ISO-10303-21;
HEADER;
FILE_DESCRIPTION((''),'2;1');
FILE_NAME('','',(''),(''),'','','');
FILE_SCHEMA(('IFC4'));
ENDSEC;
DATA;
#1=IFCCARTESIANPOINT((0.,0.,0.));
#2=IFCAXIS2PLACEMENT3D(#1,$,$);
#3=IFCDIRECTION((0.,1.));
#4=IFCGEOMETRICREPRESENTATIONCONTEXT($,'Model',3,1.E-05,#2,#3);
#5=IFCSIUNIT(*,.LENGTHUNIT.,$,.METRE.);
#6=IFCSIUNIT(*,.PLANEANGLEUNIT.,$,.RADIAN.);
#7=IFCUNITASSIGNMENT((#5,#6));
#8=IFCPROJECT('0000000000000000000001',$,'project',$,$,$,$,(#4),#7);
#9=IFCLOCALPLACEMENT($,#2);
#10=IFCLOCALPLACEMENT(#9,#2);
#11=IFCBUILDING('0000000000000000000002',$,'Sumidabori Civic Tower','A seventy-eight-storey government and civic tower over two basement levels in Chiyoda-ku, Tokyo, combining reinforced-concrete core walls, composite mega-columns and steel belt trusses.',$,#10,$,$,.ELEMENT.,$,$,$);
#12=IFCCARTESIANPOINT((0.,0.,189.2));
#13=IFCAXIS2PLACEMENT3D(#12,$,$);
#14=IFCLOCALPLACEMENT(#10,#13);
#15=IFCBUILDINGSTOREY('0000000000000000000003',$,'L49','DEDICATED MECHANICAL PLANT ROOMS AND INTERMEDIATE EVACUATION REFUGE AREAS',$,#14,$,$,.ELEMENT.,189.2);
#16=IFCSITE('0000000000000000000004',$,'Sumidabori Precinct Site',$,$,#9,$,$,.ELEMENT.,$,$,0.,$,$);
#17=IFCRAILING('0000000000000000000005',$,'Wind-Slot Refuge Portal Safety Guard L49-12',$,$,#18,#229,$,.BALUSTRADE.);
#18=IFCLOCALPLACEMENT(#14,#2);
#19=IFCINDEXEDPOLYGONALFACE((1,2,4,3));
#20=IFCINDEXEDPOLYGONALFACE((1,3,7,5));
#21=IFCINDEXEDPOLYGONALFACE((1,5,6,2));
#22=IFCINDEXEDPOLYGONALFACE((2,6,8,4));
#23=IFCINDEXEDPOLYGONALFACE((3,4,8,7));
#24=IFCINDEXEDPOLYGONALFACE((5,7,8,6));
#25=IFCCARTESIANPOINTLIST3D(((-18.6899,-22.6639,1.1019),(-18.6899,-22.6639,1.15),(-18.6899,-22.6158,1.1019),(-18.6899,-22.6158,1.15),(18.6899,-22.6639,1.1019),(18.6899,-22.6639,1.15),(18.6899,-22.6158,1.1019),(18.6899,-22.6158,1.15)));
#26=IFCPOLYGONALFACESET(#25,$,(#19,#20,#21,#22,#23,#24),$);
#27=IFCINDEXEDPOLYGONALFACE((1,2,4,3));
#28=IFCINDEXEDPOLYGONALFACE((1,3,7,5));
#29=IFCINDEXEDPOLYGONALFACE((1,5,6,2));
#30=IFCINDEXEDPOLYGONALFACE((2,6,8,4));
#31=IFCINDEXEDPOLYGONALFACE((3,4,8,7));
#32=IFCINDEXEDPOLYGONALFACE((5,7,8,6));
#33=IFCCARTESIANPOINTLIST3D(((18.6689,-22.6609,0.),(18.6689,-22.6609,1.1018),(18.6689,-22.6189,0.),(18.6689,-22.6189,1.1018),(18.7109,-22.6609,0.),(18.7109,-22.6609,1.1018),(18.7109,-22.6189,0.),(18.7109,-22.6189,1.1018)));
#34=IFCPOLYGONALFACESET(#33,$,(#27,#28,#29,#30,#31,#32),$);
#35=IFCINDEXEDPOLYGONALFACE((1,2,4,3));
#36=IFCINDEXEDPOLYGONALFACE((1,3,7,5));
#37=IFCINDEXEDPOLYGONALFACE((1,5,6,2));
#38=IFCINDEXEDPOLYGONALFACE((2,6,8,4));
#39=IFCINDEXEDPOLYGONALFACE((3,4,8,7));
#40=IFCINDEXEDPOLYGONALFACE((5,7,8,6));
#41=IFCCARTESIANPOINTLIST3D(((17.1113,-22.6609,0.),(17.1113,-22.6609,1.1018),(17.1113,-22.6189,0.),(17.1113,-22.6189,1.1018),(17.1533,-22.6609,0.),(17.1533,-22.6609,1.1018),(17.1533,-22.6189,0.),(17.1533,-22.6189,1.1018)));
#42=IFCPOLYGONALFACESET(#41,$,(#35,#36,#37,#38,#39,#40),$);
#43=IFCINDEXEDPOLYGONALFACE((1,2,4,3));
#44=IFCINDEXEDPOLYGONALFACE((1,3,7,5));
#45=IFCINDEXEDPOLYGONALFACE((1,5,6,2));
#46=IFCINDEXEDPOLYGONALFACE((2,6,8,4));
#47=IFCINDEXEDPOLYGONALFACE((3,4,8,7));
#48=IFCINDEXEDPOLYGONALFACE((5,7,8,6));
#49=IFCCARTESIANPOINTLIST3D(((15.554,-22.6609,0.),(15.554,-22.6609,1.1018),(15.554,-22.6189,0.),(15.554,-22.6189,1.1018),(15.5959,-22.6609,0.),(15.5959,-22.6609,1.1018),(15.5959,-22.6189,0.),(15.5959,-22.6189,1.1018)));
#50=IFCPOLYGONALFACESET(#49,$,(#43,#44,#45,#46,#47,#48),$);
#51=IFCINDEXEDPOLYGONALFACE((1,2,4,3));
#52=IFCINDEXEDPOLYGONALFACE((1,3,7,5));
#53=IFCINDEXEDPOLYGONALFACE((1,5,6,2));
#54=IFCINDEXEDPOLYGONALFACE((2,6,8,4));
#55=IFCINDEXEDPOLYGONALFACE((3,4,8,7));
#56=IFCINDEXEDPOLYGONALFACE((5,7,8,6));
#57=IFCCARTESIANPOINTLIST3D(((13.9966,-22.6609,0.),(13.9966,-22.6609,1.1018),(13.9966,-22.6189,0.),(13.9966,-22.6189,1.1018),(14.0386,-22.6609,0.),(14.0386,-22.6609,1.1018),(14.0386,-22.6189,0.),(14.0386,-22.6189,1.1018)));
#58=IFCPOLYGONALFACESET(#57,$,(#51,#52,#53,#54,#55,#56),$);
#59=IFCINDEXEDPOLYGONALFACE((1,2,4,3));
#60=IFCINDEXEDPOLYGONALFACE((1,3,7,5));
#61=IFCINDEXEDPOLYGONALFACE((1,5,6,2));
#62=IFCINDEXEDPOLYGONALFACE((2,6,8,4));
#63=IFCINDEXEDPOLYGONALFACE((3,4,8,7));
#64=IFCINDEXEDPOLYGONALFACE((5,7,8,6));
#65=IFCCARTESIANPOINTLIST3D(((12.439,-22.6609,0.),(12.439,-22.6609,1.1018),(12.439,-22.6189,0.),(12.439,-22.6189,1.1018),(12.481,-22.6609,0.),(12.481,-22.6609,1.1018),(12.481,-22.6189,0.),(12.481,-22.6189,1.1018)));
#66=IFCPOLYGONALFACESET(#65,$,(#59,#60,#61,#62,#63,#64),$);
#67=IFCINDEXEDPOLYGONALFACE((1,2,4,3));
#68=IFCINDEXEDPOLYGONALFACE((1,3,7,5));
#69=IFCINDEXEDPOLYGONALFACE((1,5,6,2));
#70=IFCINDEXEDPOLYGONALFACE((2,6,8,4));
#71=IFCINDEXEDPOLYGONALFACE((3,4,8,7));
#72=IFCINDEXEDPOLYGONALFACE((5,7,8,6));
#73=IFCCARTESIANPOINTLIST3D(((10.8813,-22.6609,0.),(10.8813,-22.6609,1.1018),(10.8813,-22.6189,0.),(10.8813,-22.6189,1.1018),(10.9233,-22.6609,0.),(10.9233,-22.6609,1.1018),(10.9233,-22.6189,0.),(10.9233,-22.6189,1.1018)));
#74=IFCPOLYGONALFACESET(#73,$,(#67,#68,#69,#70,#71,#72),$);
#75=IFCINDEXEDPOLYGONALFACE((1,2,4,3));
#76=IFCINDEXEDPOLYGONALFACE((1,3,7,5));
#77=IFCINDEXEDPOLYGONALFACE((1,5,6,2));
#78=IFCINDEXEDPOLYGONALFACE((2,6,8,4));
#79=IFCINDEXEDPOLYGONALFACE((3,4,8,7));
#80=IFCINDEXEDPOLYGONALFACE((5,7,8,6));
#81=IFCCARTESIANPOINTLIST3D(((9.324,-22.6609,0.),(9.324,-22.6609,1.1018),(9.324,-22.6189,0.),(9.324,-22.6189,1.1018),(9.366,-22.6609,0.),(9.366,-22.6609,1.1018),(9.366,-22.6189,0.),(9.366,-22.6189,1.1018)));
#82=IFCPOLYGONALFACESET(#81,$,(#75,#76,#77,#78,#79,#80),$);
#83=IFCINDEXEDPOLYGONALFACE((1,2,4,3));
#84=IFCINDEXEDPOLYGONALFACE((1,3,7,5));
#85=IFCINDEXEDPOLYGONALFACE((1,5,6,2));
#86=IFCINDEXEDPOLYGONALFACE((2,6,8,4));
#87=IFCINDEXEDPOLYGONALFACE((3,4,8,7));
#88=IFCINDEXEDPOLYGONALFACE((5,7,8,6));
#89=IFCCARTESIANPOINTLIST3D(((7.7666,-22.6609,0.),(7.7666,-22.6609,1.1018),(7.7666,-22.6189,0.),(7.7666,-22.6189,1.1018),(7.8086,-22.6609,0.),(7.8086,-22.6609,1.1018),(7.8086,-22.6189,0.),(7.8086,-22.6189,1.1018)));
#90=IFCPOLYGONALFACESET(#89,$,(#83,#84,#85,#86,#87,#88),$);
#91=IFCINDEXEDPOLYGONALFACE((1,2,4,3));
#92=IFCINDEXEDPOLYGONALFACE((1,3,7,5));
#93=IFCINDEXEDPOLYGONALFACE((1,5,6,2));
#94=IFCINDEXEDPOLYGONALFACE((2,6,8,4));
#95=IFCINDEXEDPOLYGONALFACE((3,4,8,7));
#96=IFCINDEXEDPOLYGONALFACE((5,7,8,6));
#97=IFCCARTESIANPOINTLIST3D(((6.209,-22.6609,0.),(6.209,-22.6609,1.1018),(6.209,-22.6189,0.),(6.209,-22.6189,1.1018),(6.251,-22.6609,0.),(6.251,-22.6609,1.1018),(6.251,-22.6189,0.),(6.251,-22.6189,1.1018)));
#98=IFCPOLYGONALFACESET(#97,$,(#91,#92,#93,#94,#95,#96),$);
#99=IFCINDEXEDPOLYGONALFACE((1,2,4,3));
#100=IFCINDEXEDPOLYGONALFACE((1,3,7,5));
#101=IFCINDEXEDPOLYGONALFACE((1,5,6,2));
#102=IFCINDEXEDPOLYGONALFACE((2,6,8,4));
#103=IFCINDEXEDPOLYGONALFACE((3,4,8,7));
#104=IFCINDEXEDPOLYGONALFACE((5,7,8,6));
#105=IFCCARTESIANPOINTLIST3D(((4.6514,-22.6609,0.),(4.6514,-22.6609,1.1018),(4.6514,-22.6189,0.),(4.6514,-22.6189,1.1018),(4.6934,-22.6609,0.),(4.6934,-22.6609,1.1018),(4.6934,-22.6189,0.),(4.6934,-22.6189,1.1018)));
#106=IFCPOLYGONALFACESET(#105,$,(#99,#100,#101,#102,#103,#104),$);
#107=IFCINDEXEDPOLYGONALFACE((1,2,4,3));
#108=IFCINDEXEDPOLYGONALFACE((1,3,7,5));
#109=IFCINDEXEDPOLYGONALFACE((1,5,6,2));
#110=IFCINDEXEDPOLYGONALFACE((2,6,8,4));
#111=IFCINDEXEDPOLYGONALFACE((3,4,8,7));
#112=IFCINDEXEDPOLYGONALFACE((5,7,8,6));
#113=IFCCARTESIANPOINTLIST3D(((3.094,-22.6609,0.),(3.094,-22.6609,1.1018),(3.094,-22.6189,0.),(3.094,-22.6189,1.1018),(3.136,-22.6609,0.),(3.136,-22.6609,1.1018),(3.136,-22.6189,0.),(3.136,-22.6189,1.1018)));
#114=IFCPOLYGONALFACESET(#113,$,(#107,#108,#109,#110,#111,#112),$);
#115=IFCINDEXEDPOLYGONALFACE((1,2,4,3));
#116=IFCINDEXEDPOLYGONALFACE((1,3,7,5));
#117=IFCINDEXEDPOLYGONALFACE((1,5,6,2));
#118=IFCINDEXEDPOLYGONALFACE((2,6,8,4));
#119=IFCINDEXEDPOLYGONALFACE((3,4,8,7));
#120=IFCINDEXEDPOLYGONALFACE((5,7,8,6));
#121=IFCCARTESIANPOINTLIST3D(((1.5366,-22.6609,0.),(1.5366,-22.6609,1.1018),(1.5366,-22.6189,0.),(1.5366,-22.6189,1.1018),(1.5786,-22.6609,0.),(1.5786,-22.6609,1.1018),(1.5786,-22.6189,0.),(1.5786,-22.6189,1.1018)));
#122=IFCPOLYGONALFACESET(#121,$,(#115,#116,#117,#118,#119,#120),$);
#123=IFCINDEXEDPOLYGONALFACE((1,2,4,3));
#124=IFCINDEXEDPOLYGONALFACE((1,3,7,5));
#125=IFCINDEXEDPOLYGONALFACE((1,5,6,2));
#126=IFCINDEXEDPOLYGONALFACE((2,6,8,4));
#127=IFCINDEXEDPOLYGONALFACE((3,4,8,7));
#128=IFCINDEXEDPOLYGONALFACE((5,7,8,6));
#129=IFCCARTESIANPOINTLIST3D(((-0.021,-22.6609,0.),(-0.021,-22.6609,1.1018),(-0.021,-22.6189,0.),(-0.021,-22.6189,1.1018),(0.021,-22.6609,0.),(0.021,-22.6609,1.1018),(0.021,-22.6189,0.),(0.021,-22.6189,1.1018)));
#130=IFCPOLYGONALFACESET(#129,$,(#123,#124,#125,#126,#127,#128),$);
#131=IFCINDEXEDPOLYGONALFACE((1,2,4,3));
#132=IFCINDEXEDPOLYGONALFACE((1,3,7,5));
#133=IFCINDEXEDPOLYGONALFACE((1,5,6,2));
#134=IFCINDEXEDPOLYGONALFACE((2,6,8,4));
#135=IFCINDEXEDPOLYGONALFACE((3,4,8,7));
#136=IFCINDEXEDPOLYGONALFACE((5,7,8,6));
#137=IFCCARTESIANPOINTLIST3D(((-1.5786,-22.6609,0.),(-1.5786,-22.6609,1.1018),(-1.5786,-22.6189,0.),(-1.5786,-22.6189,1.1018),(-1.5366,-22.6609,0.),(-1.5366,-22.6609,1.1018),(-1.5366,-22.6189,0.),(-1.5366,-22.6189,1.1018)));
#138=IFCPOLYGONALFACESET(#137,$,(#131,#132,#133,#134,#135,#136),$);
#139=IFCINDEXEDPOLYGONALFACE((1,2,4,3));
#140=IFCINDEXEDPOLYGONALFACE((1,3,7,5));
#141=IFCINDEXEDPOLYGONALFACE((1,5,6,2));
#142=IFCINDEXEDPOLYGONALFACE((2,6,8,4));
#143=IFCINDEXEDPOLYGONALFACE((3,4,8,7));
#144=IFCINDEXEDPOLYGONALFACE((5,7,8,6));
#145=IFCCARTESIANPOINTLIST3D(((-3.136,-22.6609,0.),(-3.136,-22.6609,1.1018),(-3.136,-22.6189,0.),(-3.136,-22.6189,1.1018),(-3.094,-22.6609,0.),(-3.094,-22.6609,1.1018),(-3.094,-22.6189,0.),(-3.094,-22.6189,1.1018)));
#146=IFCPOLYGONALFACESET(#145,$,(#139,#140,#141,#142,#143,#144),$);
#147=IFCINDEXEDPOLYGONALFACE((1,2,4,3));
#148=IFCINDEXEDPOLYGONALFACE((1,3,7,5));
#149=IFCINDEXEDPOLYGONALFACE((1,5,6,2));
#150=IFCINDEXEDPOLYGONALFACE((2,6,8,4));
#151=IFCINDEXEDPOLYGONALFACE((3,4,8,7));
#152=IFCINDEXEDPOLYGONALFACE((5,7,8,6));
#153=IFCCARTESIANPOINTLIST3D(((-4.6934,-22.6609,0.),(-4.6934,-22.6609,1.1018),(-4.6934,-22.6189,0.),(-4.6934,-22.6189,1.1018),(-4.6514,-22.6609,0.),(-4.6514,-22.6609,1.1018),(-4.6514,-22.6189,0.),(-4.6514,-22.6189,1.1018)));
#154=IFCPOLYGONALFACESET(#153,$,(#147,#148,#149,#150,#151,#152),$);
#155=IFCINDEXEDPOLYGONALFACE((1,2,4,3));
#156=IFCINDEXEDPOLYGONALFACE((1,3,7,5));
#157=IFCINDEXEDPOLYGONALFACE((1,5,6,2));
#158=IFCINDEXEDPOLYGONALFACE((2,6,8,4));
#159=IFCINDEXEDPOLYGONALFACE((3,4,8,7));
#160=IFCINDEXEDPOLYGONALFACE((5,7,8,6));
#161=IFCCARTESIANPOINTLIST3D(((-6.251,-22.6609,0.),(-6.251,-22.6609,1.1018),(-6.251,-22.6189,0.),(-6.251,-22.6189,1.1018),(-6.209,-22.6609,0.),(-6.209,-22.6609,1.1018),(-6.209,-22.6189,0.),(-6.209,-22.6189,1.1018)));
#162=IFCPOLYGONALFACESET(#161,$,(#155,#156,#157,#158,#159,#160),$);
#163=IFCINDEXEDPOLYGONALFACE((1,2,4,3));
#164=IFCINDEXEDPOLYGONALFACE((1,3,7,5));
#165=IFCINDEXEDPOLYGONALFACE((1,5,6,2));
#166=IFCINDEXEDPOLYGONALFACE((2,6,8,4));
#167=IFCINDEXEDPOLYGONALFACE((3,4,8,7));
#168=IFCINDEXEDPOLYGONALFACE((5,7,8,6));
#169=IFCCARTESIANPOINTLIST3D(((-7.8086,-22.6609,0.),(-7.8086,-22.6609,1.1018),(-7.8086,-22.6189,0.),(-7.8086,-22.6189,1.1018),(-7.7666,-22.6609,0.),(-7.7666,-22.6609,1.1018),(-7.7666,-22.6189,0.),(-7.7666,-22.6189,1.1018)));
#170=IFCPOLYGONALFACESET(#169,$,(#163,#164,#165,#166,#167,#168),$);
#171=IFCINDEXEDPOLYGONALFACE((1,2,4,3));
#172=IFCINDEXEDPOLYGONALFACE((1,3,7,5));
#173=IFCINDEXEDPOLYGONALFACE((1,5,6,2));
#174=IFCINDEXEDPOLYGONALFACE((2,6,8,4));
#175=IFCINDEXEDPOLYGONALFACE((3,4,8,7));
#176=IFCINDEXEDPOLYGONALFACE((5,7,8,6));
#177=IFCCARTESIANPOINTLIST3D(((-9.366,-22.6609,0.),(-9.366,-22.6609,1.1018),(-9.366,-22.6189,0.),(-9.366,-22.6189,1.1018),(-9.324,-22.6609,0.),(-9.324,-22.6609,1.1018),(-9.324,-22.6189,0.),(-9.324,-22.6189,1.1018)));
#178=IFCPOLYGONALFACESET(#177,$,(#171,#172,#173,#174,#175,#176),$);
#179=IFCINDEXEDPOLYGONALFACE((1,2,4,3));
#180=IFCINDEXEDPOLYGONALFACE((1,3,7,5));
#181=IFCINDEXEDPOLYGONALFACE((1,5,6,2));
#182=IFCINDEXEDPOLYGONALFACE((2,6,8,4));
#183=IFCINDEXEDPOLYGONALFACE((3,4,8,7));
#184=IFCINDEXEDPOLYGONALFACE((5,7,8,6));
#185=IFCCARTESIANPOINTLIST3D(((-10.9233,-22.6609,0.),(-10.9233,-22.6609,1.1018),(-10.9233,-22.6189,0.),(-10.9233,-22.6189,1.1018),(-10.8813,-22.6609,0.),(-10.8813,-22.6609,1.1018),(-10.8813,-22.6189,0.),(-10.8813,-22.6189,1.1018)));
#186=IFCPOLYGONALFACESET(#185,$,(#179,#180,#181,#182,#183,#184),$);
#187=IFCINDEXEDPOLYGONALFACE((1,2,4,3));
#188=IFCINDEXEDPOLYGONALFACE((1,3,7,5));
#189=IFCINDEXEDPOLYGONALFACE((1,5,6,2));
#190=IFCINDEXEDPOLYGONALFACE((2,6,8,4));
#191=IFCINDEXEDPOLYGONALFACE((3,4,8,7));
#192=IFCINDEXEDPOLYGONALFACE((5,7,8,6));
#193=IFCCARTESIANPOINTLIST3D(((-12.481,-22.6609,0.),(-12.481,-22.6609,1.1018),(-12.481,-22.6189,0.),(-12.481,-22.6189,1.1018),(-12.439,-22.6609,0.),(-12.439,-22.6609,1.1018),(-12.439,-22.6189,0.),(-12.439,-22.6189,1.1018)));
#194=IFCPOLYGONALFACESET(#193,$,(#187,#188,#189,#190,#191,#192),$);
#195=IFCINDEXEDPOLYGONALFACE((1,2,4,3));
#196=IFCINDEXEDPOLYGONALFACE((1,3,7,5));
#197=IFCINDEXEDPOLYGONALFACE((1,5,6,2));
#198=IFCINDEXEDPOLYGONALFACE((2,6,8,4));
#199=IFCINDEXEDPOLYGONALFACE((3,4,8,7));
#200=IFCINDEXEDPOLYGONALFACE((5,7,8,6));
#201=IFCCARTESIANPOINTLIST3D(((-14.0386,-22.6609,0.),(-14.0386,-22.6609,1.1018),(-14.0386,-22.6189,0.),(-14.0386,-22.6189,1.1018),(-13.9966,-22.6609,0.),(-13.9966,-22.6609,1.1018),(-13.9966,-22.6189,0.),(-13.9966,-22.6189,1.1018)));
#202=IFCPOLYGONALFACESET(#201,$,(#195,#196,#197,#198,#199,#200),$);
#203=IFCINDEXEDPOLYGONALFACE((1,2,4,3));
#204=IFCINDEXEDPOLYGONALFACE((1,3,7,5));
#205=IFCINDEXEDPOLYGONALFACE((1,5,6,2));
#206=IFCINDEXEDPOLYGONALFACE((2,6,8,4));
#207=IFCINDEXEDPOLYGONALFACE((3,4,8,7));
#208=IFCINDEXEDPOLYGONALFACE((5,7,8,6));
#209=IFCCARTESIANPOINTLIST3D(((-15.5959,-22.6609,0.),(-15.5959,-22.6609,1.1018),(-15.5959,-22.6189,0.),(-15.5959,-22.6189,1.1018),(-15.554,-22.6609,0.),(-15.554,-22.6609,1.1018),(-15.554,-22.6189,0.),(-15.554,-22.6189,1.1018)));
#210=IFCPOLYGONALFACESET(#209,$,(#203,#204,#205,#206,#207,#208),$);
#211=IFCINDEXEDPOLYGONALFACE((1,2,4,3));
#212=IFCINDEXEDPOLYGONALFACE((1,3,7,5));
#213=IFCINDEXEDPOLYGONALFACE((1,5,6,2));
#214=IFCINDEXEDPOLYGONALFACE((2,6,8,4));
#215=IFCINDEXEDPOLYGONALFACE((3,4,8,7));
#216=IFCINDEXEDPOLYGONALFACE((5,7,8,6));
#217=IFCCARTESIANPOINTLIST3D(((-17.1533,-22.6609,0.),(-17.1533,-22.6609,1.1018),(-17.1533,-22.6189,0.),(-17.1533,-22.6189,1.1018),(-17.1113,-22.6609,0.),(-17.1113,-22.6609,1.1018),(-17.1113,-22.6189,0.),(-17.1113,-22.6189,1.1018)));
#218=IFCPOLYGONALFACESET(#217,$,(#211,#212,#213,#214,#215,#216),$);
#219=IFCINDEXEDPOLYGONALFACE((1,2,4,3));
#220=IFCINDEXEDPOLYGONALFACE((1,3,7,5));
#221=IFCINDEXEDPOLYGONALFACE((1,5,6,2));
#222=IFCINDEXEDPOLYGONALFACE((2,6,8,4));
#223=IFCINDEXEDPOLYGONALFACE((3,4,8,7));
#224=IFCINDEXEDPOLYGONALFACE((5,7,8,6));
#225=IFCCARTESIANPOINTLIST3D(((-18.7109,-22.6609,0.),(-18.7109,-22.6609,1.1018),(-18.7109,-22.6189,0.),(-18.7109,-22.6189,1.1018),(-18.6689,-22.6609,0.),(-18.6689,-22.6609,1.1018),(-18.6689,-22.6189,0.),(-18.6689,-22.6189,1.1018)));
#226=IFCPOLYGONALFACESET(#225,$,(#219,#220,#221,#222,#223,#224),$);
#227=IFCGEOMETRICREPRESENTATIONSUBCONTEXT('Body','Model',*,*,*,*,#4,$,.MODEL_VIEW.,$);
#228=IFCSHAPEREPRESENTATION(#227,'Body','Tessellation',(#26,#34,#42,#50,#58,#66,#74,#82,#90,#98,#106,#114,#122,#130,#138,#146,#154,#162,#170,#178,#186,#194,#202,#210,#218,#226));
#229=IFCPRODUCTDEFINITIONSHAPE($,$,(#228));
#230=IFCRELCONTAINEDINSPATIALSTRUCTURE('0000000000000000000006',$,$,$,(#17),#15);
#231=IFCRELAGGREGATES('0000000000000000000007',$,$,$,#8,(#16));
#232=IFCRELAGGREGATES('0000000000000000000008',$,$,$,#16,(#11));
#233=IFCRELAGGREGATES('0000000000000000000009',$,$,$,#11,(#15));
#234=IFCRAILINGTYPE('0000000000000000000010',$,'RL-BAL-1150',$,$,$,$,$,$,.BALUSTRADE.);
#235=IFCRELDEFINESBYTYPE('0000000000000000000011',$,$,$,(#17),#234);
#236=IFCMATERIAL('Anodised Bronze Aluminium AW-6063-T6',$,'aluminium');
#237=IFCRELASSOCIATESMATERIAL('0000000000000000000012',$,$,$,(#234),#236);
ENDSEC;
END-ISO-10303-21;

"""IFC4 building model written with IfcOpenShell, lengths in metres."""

from ifc_helpers import new_model, si_unit, direction, frame, origin, origin_2d, place, context, subcontext, project, spatial, rectangle, extrude, material, type_object, element, save


model = new_model("IFC4")

# Units and contexts
model_context = context("Model", 3, precision=1e-05, world=origin(), true_north=direction((0.0, 1.0)))
body_context = subcontext(model_context, "Body", "Model", "MODEL_VIEW")
ifc_project = project(units=[si_unit("LENGTHUNIT", "METRE"), si_unit("PLANEANGLEUNIT", "RADIAN")], contexts=[model_context])

# Site, building, storey
site_placement = place(None, origin())
site = spatial("IfcSite", under=ifc_project, at=site_placement, Name="Sumidabori Precinct Site", CompositionType="ELEMENT", RefElevation=0.0)
building_placement = place(site_placement, origin())
building = spatial("IfcBuilding", under=site, at=building_placement, Name="Sumidabori Civic Tower", Description="A seventy-eight-storey government and civic tower over two basement levels in Chiyoda-ku, Tokyo, combining reinforced-concrete core walls, composite mega-columns and steel belt trusses.", CompositionType="ELEMENT")
storey_placement = place(building_placement, frame((0.0, 0.0, 189.2)))
storey = spatial("IfcBuildingStorey", under=building, at=storey_placement, Name="L49", Description="DEDICATED MECHANICAL PLANT ROOMS AND INTERMEDIATE EVACUATION REFUGE AREAS", CompositionType="ELEMENT", Elevation=189.2)

# Railing
ifc_material_1 = material(Name="Anodised Bronze Aluminium AW-6063-T6", Category="aluminium")
railing_type = type_object("IfcRailingType", Name="RL-BAL-1150", PredefinedType="BALUSTRADE", material=ifc_material_1)
railing_1_placement = place(storey_placement, frame((18.6899, -22.6399, 0.0)))
element("IfcRailing", 1, at=railing_1_placement, inside=storey, type_object=railing_type, Name="Wind-Slot Refuge Portal Safety Guard L49-12", PredefinedType="BALUSTRADE", context=body_context, shape_type="SweptSolid", body=[
    extrude(rectangle(XDim=0.0481, YDim=0.0481, at=origin_2d()), frame((0.0, 0.0, 1.126), z_axis=(-1.0, 0.0, 0.0), x_axis=(0.0, -1.0, 0.0)), (0.0, 0.0, 1.0), 37.3799),
    extrude(rectangle(XDim=0.042, YDim=0.042, at=origin_2d()), origin(), (0.0, 0.0, 1.0), 1.1018),
    extrude(rectangle(XDim=0.042, YDim=0.042, at=origin_2d()), frame((-1.5576, 0.0, 0.0)), (0.0, 0.0, 1.0), 1.1018),
    extrude(rectangle(XDim=0.042, YDim=0.042, at=origin_2d()), frame((-3.115, 0.0, 0.0)), (0.0, 0.0, 1.0), 1.1018),
    extrude(rectangle(XDim=0.042, YDim=0.042, at=origin_2d()), frame((-4.6724, 0.0, 0.0)), (0.0, 0.0, 1.0), 1.1018),
    extrude(rectangle(XDim=0.042, YDim=0.042, at=origin_2d()), frame((-6.23, 0.0, 0.0)), (0.0, 0.0, 1.0), 1.1018),
    extrude(rectangle(XDim=0.042, YDim=0.042, at=origin_2d()), frame((-7.7876, 0.0, 0.0)), (0.0, 0.0, 1.0), 1.1018),
    extrude(rectangle(XDim=0.042, YDim=0.042, at=origin_2d()), frame((-9.345, 0.0, 0.0)), (0.0, 0.0, 1.0), 1.1018),
    extrude(rectangle(XDim=0.042, YDim=0.042, at=origin_2d()), frame((-10.9023, 0.0, 0.0)), (0.0, 0.0, 1.0), 1.1018),
    extrude(rectangle(XDim=0.042, YDim=0.042, at=origin_2d()), frame((-12.46, 0.0, 0.0)), (0.0, 0.0, 1.0), 1.1018),
    extrude(rectangle(XDim=0.042, YDim=0.042, at=origin_2d()), frame((-14.0176, 0.0, 0.0)), (0.0, 0.0, 1.0), 1.1018),
    extrude(rectangle(XDim=0.042, YDim=0.042, at=origin_2d()), frame((-15.575, 0.0, 0.0)), (0.0, 0.0, 1.0), 1.1018),
    extrude(rectangle(XDim=0.042, YDim=0.042, at=origin_2d()), frame((-17.1323, 0.0, 0.0)), (0.0, 0.0, 1.0), 1.1018),
    extrude(rectangle(XDim=0.042, YDim=0.042, at=origin_2d()), frame((-18.6899, 0.0, 0.0)), (0.0, 0.0, 1.0), 1.1018),
    extrude(rectangle(XDim=0.042, YDim=0.042, at=origin_2d()), frame((-20.2476, 0.0, 0.0)), (0.0, 0.0, 1.0), 1.1018),
    extrude(rectangle(XDim=0.042, YDim=0.042, at=origin_2d()), frame((-21.8049, 0.0, 0.0)), (0.0, 0.0, 1.0), 1.1018),
    extrude(rectangle(XDim=0.042, YDim=0.042, at=origin_2d()), frame((-23.3623, 0.0, 0.0)), (0.0, 0.0, 1.0), 1.1018),
    extrude(rectangle(XDim=0.042, YDim=0.042, at=origin_2d()), frame((-24.9199, 0.0, 0.0)), (0.0, 0.0, 1.0), 1.1018),
    extrude(rectangle(XDim=0.042, YDim=0.042, at=origin_2d()), frame((-26.4775, 0.0, 0.0)), (0.0, 0.0, 1.0), 1.1018),
    extrude(rectangle(XDim=0.042, YDim=0.042, at=origin_2d()), frame((-28.0349, 0.0, 0.0)), (0.0, 0.0, 1.0), 1.1018),
    extrude(rectangle(XDim=0.042, YDim=0.042, at=origin_2d()), frame((-29.5923, 0.0, 0.0)), (0.0, 0.0, 1.0), 1.1018),
    extrude(rectangle(XDim=0.042, YDim=0.042, at=origin_2d()), frame((-31.1499, 0.0, 0.0)), (0.0, 0.0, 1.0), 1.1018),
    extrude(rectangle(XDim=0.042, YDim=0.042, at=origin_2d()), frame((-32.7075, 0.0, 0.0)), (0.0, 0.0, 1.0), 1.1018),
    extrude(rectangle(XDim=0.042, YDim=0.042, at=origin_2d()), frame((-34.2649, 0.0, 0.0)), (0.0, 0.0, 1.0), 1.1018),
    extrude(rectangle(XDim=0.042, YDim=0.042, at=origin_2d()), frame((-35.8223, 0.0, 0.0)), (0.0, 0.0, 1.0), 1.1018),
    extrude(rectangle(XDim=0.042, YDim=0.042, at=origin_2d()), frame((-37.3799, 0.0, 0.0)), (0.0, 0.0, 1.0), 1.1018),
])

save(model, "model.ifc")
